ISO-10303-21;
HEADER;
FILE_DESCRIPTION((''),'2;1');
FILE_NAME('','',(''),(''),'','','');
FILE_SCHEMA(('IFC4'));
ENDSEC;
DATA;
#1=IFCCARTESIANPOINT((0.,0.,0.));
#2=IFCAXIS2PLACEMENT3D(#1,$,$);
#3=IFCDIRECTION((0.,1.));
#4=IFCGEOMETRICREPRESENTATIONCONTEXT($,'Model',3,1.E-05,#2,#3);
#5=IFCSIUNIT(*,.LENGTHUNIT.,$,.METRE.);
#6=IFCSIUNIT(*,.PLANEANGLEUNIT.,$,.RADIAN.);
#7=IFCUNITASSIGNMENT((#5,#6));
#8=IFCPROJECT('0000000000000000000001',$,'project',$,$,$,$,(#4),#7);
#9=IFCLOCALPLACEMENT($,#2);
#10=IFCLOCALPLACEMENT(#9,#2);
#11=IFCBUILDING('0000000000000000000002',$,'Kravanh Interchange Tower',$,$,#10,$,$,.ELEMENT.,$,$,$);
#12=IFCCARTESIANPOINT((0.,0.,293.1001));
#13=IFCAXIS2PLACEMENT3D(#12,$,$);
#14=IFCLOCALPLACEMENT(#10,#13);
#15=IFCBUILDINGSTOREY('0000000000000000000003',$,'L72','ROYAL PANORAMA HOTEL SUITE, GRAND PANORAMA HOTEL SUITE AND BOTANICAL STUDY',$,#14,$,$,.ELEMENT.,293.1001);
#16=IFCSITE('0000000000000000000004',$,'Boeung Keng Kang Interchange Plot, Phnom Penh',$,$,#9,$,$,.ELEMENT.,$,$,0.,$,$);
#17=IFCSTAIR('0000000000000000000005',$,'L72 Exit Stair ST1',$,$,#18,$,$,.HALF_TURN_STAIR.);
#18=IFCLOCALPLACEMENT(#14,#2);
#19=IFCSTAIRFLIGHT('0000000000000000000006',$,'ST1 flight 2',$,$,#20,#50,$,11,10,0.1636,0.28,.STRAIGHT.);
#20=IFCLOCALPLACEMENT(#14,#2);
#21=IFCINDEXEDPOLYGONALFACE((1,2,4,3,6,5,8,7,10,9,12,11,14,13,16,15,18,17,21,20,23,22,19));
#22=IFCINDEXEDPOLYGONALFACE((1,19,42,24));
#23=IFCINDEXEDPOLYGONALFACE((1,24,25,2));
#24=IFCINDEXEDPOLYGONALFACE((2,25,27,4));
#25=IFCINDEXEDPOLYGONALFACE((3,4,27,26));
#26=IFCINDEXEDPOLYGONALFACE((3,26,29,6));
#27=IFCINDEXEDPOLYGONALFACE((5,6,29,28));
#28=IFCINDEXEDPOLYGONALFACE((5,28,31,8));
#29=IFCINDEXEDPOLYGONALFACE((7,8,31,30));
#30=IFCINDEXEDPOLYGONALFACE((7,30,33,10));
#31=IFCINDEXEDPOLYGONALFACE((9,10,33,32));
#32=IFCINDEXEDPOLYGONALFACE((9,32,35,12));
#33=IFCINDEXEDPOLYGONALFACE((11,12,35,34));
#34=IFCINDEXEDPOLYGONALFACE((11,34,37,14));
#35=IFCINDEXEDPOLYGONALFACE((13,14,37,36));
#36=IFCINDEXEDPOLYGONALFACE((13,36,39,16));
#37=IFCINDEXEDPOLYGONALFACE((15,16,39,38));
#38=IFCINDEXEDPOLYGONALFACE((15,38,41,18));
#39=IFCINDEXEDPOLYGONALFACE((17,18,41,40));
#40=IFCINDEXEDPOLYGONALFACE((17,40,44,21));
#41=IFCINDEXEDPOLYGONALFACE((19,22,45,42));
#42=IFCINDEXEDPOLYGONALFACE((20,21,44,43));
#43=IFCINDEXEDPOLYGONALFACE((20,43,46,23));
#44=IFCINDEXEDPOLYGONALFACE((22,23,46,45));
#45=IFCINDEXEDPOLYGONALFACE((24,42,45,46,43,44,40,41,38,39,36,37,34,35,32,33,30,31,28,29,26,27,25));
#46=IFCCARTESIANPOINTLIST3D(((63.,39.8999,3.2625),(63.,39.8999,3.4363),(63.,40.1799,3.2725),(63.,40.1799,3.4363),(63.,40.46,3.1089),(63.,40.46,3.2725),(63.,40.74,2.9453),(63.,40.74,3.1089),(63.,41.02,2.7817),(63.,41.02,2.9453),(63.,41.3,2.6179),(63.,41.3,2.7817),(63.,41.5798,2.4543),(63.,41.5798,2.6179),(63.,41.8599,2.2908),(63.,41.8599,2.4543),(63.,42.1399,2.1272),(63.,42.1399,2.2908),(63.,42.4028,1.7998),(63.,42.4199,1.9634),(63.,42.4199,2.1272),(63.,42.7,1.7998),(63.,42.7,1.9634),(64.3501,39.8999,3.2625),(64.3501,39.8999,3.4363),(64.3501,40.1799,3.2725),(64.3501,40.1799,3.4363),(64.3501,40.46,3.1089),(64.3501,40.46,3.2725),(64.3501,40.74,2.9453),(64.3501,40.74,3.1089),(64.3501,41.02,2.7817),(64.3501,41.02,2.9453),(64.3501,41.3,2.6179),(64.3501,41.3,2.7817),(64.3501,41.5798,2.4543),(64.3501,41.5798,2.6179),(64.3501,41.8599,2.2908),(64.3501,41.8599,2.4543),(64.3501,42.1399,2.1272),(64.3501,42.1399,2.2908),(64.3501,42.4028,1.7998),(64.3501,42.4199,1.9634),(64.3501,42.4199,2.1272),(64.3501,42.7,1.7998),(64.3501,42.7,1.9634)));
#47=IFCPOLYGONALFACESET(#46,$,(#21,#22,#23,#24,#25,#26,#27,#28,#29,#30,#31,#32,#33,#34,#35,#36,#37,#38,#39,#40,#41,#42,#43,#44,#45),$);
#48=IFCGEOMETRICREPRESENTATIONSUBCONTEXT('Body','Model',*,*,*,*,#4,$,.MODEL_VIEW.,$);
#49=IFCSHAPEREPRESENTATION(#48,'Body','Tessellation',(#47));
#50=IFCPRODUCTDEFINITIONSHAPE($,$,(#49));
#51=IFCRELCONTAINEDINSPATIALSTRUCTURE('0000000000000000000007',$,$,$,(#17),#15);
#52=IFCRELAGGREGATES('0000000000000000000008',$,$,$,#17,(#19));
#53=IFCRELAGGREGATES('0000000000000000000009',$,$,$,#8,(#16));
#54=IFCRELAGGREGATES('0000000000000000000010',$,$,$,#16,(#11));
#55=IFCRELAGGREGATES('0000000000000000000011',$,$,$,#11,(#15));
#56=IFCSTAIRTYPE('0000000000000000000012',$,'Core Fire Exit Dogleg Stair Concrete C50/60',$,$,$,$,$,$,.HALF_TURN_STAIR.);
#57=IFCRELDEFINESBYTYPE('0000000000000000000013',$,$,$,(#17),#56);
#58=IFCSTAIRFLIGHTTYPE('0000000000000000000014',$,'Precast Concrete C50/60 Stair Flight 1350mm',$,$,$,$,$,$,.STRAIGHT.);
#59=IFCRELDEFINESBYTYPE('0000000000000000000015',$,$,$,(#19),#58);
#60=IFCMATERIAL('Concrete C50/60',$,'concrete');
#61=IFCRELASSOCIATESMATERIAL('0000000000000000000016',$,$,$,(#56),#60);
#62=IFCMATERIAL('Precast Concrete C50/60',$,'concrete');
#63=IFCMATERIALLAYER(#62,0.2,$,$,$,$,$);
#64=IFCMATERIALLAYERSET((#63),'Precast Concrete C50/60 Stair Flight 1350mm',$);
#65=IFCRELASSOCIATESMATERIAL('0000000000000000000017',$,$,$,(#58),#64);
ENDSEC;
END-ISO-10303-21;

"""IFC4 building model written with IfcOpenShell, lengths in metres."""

from ifc_helpers import new_model, si_unit, direction, frame, origin, place, context, subcontext, project, spatial, polyline, outline, extrude, material, layer, layer_set, type_object, element, aggregate, save


model = new_model("IFC4")

# Units and contexts
model_context = context("Model", 3, precision=1e-05, world=origin(), true_north=direction((0.0, 1.0)))
body_context = subcontext(model_context, "Body", "Model", "MODEL_VIEW")
ifc_project = project(units=[si_unit("LENGTHUNIT", "METRE"), si_unit("PLANEANGLEUNIT", "RADIAN")], contexts=[model_context])

# Site, building, storey
site_placement = place(None, origin())
site = spatial("IfcSite", under=ifc_project, at=site_placement, Name="Boeung Keng Kang Interchange Plot, Phnom Penh", CompositionType="ELEMENT", RefElevation=0.0)
building_placement = place(site_placement, origin())
building = spatial("IfcBuilding", under=site, at=building_placement, Name="Kravanh Interchange Tower", CompositionType="ELEMENT")
storey_placement = place(building_placement, frame((0.0, 0.0, 293.1001)))
storey = spatial("IfcBuildingStorey", under=building, at=storey_placement, Name="L72", Description="ROYAL PANORAMA HOTEL SUITE, GRAND PANORAMA HOTEL SUITE AND BOTANICAL STUDY", CompositionType="ELEMENT", Elevation=293.1001)

# Stair, stair flight
ifc_material_1 = material(Name="Concrete C50/60", Category="concrete")
stair_type = type_object("IfcStairType", Name="Core Fire Exit Dogleg Stair Concrete C50/60", PredefinedType="HALF_TURN_STAIR", material=ifc_material_1)
stair_placement = place(storey_placement, origin())
stair = element("IfcStair", 1, at=stair_placement, inside=storey, type_object=stair_type, Name="L72 Exit Stair ST1", PredefinedType="HALF_TURN_STAIR")
ifc_material_2 = material(Name="Precast Concrete C50/60", Category="concrete")
ifc_layer_1 = layer(ifc_material_2, 0.2)
ifc_layer_set_1 = layer_set([ifc_layer_1], Name="Precast Concrete C50/60 Stair Flight 1350mm")
stair_flight_type = type_object("IfcStairFlightType", Name="Precast Concrete C50/60 Stair Flight 1350mm", PredefinedType="STRAIGHT", material=ifc_layer_set_1)
stair_flight_1_placement = place(storey_placement, frame((63.675, 42.7, 1.7998), z_axis=(0.0, 0.0, 1.0), x_axis=(0.0, -1.0, 0.0)))
stair_flight_1 = element("IfcStairFlight", 2, at=stair_flight_1_placement, type_object=stair_flight_type, Name="ST1 flight 2", NumberOfRisers=11, NumberOfTreads=10, PredefinedType="STRAIGHT", RiserHeight=0.1636, TreadLength=0.28, context=body_context, shape_type="SweptSolid", body=[
    extrude(outline(polyline([(0.0, 0.0), (0.0, 0.1636), (0.28, 0.1636), (0.28, 0.3274), (0.5601, 0.3274), (0.5601, 0.491), (0.8401, 0.491), (0.8401, 0.6545), (1.1201, 0.6545), (1.1201, 0.8181), (1.3999, 0.8181), (1.3999, 0.9819), (1.6799, 0.9819), (1.6799, 1.1455), (1.96, 1.1455), (1.96, 1.3091), (2.24, 1.3091), (2.24, 1.4727), (2.52, 1.4727), (2.52, 1.6365), (2.8, 1.6365), (2.8, 1.8), (2.8, 1.4626), (0.2971, 0.0), (0.0, 0.0)])), frame((0.0, 0.675, 0.0), z_axis=(0.0, -1.0, 0.0), x_axis=(1.0, 0.0, 0.0)), (0.0, 0.0, 1.0), 1.3501),
])
aggregate(stair, [stair_flight_1])

save(model, "model.ifc")
